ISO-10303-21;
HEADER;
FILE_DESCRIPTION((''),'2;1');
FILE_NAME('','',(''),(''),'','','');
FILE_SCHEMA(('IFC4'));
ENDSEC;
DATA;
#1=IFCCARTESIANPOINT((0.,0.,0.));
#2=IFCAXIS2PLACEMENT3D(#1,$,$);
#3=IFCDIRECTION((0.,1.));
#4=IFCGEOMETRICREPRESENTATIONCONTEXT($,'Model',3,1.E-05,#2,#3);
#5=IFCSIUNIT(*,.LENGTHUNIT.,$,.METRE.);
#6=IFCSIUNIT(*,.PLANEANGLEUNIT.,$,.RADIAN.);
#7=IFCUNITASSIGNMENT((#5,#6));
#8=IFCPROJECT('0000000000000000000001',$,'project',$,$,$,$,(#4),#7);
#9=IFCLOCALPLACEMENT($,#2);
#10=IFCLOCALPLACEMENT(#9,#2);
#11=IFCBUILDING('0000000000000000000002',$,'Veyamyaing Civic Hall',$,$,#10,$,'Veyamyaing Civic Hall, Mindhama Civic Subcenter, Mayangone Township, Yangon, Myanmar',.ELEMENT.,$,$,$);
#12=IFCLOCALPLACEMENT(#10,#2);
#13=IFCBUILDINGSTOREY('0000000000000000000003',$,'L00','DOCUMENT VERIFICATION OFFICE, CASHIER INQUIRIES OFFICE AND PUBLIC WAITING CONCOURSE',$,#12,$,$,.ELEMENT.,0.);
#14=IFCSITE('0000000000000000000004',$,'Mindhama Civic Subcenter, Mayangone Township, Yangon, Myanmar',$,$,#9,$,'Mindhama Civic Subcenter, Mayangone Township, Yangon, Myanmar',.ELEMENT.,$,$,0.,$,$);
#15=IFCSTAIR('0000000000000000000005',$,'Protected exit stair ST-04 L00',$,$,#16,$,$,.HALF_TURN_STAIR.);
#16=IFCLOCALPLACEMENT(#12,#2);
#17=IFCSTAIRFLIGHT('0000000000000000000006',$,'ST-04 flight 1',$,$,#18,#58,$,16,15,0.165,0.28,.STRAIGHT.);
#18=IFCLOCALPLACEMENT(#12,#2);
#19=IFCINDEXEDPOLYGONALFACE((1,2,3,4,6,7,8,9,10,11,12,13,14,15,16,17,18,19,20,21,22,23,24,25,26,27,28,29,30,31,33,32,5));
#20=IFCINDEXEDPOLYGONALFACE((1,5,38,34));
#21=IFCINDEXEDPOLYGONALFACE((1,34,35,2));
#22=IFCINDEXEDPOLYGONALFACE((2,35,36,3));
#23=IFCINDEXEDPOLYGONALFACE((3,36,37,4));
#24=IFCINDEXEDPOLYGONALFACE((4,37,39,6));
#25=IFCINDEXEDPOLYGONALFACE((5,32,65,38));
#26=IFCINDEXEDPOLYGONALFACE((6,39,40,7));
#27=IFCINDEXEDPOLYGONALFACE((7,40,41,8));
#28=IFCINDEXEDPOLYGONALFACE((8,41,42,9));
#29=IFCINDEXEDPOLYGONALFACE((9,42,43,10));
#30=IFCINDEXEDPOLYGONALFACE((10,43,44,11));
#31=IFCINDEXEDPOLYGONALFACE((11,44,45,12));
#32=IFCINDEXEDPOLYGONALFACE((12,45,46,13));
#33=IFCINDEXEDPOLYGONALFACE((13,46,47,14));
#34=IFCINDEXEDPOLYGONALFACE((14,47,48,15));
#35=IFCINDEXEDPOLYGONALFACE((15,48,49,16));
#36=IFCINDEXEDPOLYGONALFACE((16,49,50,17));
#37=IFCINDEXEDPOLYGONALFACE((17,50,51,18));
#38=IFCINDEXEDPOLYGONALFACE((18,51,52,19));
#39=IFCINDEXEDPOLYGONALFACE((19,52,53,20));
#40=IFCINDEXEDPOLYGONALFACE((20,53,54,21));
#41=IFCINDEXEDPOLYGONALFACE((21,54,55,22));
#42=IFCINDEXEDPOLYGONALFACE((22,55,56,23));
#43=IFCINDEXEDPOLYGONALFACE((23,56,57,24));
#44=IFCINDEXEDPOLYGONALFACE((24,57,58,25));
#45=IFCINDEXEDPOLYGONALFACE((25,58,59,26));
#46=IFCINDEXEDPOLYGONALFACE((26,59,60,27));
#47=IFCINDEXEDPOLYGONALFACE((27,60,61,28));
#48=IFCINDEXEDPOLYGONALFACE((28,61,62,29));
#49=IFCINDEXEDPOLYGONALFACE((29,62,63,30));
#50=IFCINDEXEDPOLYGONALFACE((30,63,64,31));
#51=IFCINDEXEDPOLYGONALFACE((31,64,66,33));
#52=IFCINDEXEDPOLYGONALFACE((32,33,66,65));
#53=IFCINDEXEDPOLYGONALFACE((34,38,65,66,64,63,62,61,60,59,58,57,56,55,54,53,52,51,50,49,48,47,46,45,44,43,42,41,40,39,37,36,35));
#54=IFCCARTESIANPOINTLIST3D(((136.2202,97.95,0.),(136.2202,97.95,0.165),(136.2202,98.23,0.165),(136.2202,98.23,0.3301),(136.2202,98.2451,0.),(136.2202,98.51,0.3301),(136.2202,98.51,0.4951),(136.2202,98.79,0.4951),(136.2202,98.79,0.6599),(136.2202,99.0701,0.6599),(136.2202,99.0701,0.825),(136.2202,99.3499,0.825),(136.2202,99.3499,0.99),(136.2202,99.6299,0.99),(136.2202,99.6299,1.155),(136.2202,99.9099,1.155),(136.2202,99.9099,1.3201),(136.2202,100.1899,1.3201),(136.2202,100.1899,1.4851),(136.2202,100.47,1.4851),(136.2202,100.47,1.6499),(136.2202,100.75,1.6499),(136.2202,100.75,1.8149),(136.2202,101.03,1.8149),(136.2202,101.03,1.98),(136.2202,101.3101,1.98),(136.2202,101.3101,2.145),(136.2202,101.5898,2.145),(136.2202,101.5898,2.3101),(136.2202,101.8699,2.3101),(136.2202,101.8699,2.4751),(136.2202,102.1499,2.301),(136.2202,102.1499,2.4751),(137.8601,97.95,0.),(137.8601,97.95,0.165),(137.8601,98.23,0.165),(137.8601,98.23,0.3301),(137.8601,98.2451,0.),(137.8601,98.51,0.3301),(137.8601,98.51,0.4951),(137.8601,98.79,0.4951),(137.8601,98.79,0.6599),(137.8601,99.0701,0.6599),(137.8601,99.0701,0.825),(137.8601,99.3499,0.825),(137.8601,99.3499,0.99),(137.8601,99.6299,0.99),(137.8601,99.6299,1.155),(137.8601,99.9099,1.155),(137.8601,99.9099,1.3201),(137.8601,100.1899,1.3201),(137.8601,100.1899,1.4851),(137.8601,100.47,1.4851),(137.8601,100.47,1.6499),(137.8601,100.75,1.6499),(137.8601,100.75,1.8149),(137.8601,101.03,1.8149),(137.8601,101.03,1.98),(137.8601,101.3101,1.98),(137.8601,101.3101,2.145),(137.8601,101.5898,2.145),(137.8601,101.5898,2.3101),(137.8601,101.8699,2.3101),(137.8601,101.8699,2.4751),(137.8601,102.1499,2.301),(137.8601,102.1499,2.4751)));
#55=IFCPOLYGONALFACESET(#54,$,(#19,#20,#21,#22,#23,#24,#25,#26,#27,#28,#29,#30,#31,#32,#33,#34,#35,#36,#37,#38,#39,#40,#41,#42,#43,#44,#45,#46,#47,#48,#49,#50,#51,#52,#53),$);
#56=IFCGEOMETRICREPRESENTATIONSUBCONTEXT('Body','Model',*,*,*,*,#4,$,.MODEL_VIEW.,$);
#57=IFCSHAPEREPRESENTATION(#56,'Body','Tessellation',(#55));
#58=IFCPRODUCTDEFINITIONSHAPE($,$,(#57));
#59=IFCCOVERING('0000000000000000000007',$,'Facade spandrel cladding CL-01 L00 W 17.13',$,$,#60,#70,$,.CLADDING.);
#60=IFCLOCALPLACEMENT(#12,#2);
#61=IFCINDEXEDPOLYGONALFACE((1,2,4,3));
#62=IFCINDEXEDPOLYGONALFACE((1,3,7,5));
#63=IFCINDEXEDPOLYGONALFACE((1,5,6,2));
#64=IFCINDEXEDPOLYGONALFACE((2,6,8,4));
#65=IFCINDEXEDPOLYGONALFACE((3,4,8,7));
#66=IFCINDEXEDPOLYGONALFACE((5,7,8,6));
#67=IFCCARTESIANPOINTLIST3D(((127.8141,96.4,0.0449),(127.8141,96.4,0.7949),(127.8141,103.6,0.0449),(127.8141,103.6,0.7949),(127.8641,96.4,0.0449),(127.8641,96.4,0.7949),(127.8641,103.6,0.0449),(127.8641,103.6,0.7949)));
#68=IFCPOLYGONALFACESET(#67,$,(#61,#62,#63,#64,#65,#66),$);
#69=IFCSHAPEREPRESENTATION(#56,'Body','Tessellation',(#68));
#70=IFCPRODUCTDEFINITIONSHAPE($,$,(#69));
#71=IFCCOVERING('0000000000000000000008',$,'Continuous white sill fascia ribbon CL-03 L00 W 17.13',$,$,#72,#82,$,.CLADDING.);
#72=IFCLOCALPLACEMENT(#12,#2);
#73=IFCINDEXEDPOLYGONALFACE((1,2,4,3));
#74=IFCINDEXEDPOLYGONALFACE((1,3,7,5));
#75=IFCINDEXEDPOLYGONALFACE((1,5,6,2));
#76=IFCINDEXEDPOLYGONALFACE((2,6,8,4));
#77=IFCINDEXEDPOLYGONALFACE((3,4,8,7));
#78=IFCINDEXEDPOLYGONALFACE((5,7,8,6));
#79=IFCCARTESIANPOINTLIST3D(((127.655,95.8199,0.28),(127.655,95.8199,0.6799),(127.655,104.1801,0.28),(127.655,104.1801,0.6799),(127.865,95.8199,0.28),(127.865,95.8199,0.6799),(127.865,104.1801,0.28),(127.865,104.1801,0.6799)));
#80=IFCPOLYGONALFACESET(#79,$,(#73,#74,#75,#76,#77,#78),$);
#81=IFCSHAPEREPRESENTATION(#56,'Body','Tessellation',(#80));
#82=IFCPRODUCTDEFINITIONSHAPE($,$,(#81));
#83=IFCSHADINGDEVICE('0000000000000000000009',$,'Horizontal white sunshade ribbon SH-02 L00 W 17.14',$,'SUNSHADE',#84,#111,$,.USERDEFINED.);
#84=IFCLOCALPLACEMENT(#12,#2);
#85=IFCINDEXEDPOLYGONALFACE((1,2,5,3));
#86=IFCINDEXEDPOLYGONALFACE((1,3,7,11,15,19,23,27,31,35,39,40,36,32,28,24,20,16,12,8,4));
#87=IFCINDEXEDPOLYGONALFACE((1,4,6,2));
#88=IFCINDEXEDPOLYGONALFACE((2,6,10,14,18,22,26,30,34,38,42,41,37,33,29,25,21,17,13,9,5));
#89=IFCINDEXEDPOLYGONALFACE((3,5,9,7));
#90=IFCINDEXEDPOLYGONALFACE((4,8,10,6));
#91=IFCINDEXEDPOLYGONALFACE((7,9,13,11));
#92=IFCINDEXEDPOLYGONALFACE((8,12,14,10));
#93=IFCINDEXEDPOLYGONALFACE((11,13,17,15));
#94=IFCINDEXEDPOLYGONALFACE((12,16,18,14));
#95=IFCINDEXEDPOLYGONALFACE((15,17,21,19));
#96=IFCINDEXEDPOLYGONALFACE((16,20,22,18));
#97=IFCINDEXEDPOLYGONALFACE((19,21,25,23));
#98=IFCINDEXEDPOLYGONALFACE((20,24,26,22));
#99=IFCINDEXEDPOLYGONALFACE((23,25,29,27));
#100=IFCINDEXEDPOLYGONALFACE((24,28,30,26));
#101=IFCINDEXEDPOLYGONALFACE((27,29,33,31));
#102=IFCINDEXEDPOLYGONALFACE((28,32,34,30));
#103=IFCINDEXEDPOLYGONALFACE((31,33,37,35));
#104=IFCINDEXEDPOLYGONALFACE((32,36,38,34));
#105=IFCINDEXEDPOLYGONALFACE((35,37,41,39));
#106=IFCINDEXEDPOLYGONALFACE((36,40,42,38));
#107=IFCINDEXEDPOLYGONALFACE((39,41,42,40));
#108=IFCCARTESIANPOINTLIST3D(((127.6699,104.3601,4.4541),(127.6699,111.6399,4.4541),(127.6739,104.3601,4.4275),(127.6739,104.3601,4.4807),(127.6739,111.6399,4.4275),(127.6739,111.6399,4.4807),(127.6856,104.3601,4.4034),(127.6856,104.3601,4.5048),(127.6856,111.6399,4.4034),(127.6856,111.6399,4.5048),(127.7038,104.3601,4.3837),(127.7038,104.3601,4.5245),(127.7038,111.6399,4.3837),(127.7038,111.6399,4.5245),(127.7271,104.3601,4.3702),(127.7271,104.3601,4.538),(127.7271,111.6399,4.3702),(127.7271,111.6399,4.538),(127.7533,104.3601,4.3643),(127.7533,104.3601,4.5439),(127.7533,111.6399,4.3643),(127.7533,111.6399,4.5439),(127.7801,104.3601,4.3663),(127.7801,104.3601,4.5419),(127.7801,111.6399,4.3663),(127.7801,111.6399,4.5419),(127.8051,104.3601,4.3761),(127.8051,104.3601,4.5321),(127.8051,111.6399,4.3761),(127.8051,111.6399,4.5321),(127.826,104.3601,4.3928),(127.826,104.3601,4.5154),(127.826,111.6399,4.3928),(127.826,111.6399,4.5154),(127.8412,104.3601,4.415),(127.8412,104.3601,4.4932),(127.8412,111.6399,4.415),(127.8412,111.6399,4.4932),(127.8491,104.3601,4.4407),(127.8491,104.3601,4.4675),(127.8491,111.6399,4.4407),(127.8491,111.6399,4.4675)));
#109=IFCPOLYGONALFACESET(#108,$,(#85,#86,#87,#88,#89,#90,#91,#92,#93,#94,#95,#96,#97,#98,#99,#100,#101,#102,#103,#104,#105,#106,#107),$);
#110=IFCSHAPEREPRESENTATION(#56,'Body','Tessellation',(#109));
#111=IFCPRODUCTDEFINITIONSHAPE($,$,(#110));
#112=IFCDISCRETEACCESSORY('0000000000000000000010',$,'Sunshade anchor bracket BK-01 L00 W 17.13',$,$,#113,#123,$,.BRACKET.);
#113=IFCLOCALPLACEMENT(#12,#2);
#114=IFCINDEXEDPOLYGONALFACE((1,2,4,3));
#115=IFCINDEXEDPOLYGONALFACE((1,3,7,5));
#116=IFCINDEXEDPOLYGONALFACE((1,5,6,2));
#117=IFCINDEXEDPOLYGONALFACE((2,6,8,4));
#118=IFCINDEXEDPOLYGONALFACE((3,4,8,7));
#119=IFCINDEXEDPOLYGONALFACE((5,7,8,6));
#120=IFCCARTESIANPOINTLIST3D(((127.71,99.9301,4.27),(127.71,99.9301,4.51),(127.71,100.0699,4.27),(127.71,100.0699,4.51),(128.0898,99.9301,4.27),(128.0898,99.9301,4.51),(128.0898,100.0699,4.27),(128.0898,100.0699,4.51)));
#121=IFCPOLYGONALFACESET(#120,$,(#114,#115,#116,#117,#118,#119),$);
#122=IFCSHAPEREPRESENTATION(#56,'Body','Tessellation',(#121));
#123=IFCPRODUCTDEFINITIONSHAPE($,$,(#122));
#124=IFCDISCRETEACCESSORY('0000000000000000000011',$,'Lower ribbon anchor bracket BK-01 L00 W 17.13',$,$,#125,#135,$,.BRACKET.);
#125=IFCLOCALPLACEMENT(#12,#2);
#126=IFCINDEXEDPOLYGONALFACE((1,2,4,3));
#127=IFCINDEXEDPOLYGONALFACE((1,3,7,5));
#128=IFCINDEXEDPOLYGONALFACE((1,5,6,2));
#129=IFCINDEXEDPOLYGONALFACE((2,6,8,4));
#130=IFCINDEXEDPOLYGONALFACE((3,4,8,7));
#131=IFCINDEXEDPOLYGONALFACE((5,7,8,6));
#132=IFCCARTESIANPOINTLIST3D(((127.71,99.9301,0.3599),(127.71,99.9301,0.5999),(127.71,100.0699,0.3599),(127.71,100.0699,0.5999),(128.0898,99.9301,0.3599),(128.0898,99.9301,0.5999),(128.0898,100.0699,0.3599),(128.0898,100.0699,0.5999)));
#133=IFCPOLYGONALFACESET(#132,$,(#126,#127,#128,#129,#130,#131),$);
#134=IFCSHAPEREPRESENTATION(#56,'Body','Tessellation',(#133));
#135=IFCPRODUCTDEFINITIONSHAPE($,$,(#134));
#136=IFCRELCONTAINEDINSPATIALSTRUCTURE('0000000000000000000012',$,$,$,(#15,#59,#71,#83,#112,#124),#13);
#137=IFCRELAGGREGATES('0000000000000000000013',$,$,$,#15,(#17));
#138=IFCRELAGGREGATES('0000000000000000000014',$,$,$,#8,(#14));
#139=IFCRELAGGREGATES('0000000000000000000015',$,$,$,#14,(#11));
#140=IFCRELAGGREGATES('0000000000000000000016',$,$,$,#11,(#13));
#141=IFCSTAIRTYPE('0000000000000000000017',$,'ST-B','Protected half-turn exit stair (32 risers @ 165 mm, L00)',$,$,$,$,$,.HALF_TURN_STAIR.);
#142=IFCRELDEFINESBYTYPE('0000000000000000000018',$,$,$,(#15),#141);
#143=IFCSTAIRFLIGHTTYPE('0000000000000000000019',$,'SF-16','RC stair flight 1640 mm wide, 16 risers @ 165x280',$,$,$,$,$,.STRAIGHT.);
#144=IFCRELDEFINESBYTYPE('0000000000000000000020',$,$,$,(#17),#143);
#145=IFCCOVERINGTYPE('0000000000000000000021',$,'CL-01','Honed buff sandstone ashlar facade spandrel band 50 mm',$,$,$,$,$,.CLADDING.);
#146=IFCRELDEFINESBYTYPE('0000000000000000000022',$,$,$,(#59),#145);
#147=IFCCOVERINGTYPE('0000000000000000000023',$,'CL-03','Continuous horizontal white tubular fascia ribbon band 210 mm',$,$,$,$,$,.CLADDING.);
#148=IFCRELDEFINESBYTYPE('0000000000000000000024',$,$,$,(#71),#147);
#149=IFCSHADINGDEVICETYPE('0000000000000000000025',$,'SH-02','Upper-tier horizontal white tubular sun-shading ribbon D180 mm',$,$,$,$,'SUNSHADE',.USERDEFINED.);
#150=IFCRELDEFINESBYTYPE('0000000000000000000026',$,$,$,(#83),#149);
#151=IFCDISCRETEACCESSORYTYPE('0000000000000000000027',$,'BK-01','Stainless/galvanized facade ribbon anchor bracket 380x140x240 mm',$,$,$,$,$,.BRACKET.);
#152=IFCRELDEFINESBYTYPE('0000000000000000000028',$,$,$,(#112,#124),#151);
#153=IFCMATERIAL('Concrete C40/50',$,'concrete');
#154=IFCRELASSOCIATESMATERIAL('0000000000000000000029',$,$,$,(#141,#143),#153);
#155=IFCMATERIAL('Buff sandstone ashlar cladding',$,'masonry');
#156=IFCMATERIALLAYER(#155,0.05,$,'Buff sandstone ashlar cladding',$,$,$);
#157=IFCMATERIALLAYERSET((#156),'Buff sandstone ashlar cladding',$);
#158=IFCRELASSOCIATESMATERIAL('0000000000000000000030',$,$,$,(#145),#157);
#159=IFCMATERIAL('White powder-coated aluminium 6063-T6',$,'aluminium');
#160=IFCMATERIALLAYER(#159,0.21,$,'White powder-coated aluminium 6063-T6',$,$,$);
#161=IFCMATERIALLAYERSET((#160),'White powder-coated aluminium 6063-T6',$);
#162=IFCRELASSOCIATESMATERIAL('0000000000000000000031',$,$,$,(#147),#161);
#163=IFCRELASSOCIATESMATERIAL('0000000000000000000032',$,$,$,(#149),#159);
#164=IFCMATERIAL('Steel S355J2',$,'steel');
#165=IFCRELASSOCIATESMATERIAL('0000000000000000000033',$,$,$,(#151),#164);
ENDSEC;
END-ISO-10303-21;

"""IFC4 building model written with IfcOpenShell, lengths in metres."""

from ifc_helpers import new_model, si_unit, direction, frame, origin, origin_2d, place, context, subcontext, project, spatial, polyline, rectangle, circle, outline, extrude, material, layer, layer_set, material_profile, profile_set, type_object, element, aggregate, save


model = new_model("IFC4")

# Units and contexts
model_context = context("Model", 3, precision=1e-05, world=origin(), true_north=direction((0.0, 1.0)))
body_context = subcontext(model_context, "Body", "Model", "MODEL_VIEW")
ifc_project = project(units=[si_unit("LENGTHUNIT", "METRE"), si_unit("PLANEANGLEUNIT", "RADIAN")], contexts=[model_context])

# Site, building, storey
site_placement = place(None, origin())
site = spatial("IfcSite", under=ifc_project, at=site_placement, Name="Mindhama Civic Subcenter, Mayangone Township, Yangon, Myanmar", LongName="Mindhama Civic Subcenter, Mayangone Township, Yangon, Myanmar", CompositionType="ELEMENT", RefElevation=0.0)
building_placement = place(site_placement, origin())
building = spatial("IfcBuilding", under=site, at=building_placement, Name="Veyamyaing Civic Hall", LongName="Veyamyaing Civic Hall, Mindhama Civic Subcenter, Mayangone Township, Yangon, Myanmar", CompositionType="ELEMENT")
storey_placement = place(building_placement, origin())
storey = spatial("IfcBuildingStorey", under=building, at=storey_placement, Name="L00", Description="DOCUMENT VERIFICATION OFFICE, CASHIER INQUIRIES OFFICE AND PUBLIC WAITING CONCOURSE", CompositionType="ELEMENT", Elevation=0.0)

# Shared definitions
ifc_material_1 = material(Name="Concrete C40/50", Category="concrete")

# Stair, stair flight
stair_type = type_object("IfcStairType", Name="ST-B", Description="Protected half-turn exit stair (32 risers @ 165 mm, L00)", PredefinedType="HALF_TURN_STAIR", material=ifc_material_1)
stair_placement = place(storey_placement, origin())
stair = element("IfcStair", 1, at=stair_placement, inside=storey, type_object=stair_type, Name="Protected exit stair ST-04 L00", PredefinedType="HALF_TURN_STAIR")
stair_flight_type = type_object("IfcStairFlightType", Name="SF-16", Description="RC stair flight 1640 mm wide, 16 risers @ 165x280", PredefinedType="STRAIGHT", material=ifc_material_1)
stair_flight_placement = place(storey_placement, frame((137.04, 97.95, 0.0), z_axis=(0.0, 0.0, 1.0), x_axis=(0.0, 1.0, 0.0)))
stair_flight = element("IfcStairFlight", 2, at=stair_flight_placement, type_object=stair_flight_type, Name="ST-04 flight 1", NumberOfRisers=16, NumberOfTreads=15, PredefinedType="STRAIGHT", RiserHeight=0.165, TreadLength=0.28, context=body_context, shape_type="SweptSolid", body=[
    extrude(outline(polyline([(0.0, 0.0), (0.0, 0.165), (0.28, 0.165), (0.28, 0.3301), (0.5601, 0.3301), (0.5601, 0.4951), (0.8401, 0.4951), (0.8401, 0.6599), (1.1201, 0.6599), (1.1201, 0.825), (1.3999, 0.825), (1.3999, 0.99), (1.6799, 0.99), (1.6799, 1.155), (1.96, 1.155), (1.96, 1.3201), (2.24, 1.3201), (2.24, 1.4851), (2.52, 1.4851), (2.52, 1.6499), (2.8, 1.6499), (2.8, 1.8149), (3.0801, 1.8149), (3.0801, 1.98), (3.3601, 1.98), (3.3601, 2.145), (3.6399, 2.145), (3.6399, 2.3101), (3.9199, 2.3101), (3.9199, 2.4751), (4.2, 2.4751), (4.2, 2.6399), (4.2, 2.301), (0.2952, 0.0), (0.0, 0.0)])), frame((0.0, 0.8198, 0.0), z_axis=(0.0, -1.0, 0.0), x_axis=(1.0, 0.0, 0.0)), (0.0, 0.0, 1.0), 1.6399),
])
aggregate(stair, [stair_flight])

# Coverings
ifc_material_2 = material(Name="Buff sandstone ashlar cladding", Category="masonry")
ifc_layer_1 = layer(ifc_material_2, 0.05, Name="Buff sandstone ashlar cladding")
ifc_layer_set_1 = layer_set([ifc_layer_1], Name="Buff sandstone ashlar cladding")
covering_type_1 = type_object("IfcCoveringType", Name="CL-01", Description="Honed buff sandstone ashlar facade spandrel band 50 mm", PredefinedType="CLADDING", material=ifc_layer_set_1)
covering_1_placement = place(storey_placement, frame((127.8391, 100.0, 0.0449), z_axis=(0.0, 0.0, 1.0), x_axis=(0.0, 1.0, 0.0)))
element("IfcCovering", 3, at=covering_1_placement, inside=storey, type_object=covering_type_1, Name="Facade spandrel cladding CL-01 L00 W 17.13", PredefinedType="CLADDING", context=body_context, shape_type="SweptSolid", body=[
    extrude(rectangle(XDim=7.2, YDim=0.05, at=origin_2d()), origin(), (0.0, 0.0, 1.0), 0.75),
])
ifc_material_3 = material(Name="White powder-coated aluminium 6063-T6", Category="aluminium")
ifc_layer_2 = layer(ifc_material_3, 0.21, Name="White powder-coated aluminium 6063-T6")
ifc_layer_set_2 = layer_set([ifc_layer_2], Name="White powder-coated aluminium 6063-T6")
covering_type_2 = type_object("IfcCoveringType", Name="CL-03", Description="Continuous horizontal white tubular fascia ribbon band 210 mm", PredefinedType="CLADDING", material=ifc_layer_set_2)
covering_2_placement = place(storey_placement, frame((127.76, 100.0, 0.28), z_axis=(0.0, 0.0, 1.0), x_axis=(0.0, 1.0, 0.0)))
element("IfcCovering", 4, at=covering_2_placement, inside=storey, type_object=covering_type_2, Name="Continuous white sill fascia ribbon CL-03 L00 W 17.13", PredefinedType="CLADDING", context=body_context, shape_type="SweptSolid", body=[
    extrude(rectangle(XDim=8.3601, YDim=0.21, at=origin_2d()), origin(), (0.0, 0.0, 1.0), 0.3999),
])

# Shading device
ifc_material_profile_1 = material_profile(ifc_material_3, circle(Radius=0.0901, at=origin_2d()), Name="SHADE-TUBE-180")
ifc_profile_set_1 = profile_set([ifc_material_profile_1], Name="White powder-coated aluminium 6063-T6")
shading_device_type = type_object("IfcShadingDeviceType", Name="SH-02", Description="Upper-tier horizontal white tubular sun-shading ribbon D180 mm", ElementType="SUNSHADE", PredefinedType="USERDEFINED", material=ifc_profile_set_1)
shading_device_placement = place(storey_placement, frame((127.76, 104.3601, 4.4541), z_axis=(0.0, 1.0, 0.0), x_axis=(-1.0, 0.0, 0.0)))
element("IfcShadingDevice", 5, at=shading_device_placement, inside=storey, type_object=shading_device_type, Name="Horizontal white sunshade ribbon SH-02 L00 W 17.14", ObjectType="SUNSHADE", PredefinedType="USERDEFINED", context=body_context, shape_type="SweptSolid", body=[
    extrude(circle(Radius=0.0901, at=origin_2d()), origin(), (0.0, 0.0, 1.0), 7.2798),
])

# Discrete accessories
ifc_material_4 = material(Name="Steel S355J2", Category="steel")
discrete_accessory_type = type_object("IfcDiscreteAccessoryType", Name="BK-01", Description="Stainless/galvanized facade ribbon anchor bracket 380x140x240 mm", PredefinedType="BRACKET", material=ifc_material_4)
for number, where, z_axis, x_axis, name in (
    (6, (127.8999, 100.0, 4.27), (0.0, 0.0, 1.0), (-1.0, 0.0, 0.0), "Sunshade anchor bracket BK-01 L00 W 17.13"),
    (7, (127.8999, 100.0, 0.3599), (0.0, 0.0, 1.0), (-1.0, 0.0, 0.0), "Lower ribbon anchor bracket BK-01 L00 W 17.13"),
):
    element("IfcDiscreteAccessory", number, at=place(storey_placement, frame(where, z_axis=z_axis, x_axis=x_axis)), inside=storey, type_object=discrete_accessory_type, Name=name, PredefinedType="BRACKET", context=body_context, shape_type="SweptSolid", body=[
        extrude(rectangle(XDim=0.3799, YDim=0.1399, at=origin_2d()), origin(), (0.0, 0.0, 1.0), 0.24),
    ])

save(model, "model.ifc")
